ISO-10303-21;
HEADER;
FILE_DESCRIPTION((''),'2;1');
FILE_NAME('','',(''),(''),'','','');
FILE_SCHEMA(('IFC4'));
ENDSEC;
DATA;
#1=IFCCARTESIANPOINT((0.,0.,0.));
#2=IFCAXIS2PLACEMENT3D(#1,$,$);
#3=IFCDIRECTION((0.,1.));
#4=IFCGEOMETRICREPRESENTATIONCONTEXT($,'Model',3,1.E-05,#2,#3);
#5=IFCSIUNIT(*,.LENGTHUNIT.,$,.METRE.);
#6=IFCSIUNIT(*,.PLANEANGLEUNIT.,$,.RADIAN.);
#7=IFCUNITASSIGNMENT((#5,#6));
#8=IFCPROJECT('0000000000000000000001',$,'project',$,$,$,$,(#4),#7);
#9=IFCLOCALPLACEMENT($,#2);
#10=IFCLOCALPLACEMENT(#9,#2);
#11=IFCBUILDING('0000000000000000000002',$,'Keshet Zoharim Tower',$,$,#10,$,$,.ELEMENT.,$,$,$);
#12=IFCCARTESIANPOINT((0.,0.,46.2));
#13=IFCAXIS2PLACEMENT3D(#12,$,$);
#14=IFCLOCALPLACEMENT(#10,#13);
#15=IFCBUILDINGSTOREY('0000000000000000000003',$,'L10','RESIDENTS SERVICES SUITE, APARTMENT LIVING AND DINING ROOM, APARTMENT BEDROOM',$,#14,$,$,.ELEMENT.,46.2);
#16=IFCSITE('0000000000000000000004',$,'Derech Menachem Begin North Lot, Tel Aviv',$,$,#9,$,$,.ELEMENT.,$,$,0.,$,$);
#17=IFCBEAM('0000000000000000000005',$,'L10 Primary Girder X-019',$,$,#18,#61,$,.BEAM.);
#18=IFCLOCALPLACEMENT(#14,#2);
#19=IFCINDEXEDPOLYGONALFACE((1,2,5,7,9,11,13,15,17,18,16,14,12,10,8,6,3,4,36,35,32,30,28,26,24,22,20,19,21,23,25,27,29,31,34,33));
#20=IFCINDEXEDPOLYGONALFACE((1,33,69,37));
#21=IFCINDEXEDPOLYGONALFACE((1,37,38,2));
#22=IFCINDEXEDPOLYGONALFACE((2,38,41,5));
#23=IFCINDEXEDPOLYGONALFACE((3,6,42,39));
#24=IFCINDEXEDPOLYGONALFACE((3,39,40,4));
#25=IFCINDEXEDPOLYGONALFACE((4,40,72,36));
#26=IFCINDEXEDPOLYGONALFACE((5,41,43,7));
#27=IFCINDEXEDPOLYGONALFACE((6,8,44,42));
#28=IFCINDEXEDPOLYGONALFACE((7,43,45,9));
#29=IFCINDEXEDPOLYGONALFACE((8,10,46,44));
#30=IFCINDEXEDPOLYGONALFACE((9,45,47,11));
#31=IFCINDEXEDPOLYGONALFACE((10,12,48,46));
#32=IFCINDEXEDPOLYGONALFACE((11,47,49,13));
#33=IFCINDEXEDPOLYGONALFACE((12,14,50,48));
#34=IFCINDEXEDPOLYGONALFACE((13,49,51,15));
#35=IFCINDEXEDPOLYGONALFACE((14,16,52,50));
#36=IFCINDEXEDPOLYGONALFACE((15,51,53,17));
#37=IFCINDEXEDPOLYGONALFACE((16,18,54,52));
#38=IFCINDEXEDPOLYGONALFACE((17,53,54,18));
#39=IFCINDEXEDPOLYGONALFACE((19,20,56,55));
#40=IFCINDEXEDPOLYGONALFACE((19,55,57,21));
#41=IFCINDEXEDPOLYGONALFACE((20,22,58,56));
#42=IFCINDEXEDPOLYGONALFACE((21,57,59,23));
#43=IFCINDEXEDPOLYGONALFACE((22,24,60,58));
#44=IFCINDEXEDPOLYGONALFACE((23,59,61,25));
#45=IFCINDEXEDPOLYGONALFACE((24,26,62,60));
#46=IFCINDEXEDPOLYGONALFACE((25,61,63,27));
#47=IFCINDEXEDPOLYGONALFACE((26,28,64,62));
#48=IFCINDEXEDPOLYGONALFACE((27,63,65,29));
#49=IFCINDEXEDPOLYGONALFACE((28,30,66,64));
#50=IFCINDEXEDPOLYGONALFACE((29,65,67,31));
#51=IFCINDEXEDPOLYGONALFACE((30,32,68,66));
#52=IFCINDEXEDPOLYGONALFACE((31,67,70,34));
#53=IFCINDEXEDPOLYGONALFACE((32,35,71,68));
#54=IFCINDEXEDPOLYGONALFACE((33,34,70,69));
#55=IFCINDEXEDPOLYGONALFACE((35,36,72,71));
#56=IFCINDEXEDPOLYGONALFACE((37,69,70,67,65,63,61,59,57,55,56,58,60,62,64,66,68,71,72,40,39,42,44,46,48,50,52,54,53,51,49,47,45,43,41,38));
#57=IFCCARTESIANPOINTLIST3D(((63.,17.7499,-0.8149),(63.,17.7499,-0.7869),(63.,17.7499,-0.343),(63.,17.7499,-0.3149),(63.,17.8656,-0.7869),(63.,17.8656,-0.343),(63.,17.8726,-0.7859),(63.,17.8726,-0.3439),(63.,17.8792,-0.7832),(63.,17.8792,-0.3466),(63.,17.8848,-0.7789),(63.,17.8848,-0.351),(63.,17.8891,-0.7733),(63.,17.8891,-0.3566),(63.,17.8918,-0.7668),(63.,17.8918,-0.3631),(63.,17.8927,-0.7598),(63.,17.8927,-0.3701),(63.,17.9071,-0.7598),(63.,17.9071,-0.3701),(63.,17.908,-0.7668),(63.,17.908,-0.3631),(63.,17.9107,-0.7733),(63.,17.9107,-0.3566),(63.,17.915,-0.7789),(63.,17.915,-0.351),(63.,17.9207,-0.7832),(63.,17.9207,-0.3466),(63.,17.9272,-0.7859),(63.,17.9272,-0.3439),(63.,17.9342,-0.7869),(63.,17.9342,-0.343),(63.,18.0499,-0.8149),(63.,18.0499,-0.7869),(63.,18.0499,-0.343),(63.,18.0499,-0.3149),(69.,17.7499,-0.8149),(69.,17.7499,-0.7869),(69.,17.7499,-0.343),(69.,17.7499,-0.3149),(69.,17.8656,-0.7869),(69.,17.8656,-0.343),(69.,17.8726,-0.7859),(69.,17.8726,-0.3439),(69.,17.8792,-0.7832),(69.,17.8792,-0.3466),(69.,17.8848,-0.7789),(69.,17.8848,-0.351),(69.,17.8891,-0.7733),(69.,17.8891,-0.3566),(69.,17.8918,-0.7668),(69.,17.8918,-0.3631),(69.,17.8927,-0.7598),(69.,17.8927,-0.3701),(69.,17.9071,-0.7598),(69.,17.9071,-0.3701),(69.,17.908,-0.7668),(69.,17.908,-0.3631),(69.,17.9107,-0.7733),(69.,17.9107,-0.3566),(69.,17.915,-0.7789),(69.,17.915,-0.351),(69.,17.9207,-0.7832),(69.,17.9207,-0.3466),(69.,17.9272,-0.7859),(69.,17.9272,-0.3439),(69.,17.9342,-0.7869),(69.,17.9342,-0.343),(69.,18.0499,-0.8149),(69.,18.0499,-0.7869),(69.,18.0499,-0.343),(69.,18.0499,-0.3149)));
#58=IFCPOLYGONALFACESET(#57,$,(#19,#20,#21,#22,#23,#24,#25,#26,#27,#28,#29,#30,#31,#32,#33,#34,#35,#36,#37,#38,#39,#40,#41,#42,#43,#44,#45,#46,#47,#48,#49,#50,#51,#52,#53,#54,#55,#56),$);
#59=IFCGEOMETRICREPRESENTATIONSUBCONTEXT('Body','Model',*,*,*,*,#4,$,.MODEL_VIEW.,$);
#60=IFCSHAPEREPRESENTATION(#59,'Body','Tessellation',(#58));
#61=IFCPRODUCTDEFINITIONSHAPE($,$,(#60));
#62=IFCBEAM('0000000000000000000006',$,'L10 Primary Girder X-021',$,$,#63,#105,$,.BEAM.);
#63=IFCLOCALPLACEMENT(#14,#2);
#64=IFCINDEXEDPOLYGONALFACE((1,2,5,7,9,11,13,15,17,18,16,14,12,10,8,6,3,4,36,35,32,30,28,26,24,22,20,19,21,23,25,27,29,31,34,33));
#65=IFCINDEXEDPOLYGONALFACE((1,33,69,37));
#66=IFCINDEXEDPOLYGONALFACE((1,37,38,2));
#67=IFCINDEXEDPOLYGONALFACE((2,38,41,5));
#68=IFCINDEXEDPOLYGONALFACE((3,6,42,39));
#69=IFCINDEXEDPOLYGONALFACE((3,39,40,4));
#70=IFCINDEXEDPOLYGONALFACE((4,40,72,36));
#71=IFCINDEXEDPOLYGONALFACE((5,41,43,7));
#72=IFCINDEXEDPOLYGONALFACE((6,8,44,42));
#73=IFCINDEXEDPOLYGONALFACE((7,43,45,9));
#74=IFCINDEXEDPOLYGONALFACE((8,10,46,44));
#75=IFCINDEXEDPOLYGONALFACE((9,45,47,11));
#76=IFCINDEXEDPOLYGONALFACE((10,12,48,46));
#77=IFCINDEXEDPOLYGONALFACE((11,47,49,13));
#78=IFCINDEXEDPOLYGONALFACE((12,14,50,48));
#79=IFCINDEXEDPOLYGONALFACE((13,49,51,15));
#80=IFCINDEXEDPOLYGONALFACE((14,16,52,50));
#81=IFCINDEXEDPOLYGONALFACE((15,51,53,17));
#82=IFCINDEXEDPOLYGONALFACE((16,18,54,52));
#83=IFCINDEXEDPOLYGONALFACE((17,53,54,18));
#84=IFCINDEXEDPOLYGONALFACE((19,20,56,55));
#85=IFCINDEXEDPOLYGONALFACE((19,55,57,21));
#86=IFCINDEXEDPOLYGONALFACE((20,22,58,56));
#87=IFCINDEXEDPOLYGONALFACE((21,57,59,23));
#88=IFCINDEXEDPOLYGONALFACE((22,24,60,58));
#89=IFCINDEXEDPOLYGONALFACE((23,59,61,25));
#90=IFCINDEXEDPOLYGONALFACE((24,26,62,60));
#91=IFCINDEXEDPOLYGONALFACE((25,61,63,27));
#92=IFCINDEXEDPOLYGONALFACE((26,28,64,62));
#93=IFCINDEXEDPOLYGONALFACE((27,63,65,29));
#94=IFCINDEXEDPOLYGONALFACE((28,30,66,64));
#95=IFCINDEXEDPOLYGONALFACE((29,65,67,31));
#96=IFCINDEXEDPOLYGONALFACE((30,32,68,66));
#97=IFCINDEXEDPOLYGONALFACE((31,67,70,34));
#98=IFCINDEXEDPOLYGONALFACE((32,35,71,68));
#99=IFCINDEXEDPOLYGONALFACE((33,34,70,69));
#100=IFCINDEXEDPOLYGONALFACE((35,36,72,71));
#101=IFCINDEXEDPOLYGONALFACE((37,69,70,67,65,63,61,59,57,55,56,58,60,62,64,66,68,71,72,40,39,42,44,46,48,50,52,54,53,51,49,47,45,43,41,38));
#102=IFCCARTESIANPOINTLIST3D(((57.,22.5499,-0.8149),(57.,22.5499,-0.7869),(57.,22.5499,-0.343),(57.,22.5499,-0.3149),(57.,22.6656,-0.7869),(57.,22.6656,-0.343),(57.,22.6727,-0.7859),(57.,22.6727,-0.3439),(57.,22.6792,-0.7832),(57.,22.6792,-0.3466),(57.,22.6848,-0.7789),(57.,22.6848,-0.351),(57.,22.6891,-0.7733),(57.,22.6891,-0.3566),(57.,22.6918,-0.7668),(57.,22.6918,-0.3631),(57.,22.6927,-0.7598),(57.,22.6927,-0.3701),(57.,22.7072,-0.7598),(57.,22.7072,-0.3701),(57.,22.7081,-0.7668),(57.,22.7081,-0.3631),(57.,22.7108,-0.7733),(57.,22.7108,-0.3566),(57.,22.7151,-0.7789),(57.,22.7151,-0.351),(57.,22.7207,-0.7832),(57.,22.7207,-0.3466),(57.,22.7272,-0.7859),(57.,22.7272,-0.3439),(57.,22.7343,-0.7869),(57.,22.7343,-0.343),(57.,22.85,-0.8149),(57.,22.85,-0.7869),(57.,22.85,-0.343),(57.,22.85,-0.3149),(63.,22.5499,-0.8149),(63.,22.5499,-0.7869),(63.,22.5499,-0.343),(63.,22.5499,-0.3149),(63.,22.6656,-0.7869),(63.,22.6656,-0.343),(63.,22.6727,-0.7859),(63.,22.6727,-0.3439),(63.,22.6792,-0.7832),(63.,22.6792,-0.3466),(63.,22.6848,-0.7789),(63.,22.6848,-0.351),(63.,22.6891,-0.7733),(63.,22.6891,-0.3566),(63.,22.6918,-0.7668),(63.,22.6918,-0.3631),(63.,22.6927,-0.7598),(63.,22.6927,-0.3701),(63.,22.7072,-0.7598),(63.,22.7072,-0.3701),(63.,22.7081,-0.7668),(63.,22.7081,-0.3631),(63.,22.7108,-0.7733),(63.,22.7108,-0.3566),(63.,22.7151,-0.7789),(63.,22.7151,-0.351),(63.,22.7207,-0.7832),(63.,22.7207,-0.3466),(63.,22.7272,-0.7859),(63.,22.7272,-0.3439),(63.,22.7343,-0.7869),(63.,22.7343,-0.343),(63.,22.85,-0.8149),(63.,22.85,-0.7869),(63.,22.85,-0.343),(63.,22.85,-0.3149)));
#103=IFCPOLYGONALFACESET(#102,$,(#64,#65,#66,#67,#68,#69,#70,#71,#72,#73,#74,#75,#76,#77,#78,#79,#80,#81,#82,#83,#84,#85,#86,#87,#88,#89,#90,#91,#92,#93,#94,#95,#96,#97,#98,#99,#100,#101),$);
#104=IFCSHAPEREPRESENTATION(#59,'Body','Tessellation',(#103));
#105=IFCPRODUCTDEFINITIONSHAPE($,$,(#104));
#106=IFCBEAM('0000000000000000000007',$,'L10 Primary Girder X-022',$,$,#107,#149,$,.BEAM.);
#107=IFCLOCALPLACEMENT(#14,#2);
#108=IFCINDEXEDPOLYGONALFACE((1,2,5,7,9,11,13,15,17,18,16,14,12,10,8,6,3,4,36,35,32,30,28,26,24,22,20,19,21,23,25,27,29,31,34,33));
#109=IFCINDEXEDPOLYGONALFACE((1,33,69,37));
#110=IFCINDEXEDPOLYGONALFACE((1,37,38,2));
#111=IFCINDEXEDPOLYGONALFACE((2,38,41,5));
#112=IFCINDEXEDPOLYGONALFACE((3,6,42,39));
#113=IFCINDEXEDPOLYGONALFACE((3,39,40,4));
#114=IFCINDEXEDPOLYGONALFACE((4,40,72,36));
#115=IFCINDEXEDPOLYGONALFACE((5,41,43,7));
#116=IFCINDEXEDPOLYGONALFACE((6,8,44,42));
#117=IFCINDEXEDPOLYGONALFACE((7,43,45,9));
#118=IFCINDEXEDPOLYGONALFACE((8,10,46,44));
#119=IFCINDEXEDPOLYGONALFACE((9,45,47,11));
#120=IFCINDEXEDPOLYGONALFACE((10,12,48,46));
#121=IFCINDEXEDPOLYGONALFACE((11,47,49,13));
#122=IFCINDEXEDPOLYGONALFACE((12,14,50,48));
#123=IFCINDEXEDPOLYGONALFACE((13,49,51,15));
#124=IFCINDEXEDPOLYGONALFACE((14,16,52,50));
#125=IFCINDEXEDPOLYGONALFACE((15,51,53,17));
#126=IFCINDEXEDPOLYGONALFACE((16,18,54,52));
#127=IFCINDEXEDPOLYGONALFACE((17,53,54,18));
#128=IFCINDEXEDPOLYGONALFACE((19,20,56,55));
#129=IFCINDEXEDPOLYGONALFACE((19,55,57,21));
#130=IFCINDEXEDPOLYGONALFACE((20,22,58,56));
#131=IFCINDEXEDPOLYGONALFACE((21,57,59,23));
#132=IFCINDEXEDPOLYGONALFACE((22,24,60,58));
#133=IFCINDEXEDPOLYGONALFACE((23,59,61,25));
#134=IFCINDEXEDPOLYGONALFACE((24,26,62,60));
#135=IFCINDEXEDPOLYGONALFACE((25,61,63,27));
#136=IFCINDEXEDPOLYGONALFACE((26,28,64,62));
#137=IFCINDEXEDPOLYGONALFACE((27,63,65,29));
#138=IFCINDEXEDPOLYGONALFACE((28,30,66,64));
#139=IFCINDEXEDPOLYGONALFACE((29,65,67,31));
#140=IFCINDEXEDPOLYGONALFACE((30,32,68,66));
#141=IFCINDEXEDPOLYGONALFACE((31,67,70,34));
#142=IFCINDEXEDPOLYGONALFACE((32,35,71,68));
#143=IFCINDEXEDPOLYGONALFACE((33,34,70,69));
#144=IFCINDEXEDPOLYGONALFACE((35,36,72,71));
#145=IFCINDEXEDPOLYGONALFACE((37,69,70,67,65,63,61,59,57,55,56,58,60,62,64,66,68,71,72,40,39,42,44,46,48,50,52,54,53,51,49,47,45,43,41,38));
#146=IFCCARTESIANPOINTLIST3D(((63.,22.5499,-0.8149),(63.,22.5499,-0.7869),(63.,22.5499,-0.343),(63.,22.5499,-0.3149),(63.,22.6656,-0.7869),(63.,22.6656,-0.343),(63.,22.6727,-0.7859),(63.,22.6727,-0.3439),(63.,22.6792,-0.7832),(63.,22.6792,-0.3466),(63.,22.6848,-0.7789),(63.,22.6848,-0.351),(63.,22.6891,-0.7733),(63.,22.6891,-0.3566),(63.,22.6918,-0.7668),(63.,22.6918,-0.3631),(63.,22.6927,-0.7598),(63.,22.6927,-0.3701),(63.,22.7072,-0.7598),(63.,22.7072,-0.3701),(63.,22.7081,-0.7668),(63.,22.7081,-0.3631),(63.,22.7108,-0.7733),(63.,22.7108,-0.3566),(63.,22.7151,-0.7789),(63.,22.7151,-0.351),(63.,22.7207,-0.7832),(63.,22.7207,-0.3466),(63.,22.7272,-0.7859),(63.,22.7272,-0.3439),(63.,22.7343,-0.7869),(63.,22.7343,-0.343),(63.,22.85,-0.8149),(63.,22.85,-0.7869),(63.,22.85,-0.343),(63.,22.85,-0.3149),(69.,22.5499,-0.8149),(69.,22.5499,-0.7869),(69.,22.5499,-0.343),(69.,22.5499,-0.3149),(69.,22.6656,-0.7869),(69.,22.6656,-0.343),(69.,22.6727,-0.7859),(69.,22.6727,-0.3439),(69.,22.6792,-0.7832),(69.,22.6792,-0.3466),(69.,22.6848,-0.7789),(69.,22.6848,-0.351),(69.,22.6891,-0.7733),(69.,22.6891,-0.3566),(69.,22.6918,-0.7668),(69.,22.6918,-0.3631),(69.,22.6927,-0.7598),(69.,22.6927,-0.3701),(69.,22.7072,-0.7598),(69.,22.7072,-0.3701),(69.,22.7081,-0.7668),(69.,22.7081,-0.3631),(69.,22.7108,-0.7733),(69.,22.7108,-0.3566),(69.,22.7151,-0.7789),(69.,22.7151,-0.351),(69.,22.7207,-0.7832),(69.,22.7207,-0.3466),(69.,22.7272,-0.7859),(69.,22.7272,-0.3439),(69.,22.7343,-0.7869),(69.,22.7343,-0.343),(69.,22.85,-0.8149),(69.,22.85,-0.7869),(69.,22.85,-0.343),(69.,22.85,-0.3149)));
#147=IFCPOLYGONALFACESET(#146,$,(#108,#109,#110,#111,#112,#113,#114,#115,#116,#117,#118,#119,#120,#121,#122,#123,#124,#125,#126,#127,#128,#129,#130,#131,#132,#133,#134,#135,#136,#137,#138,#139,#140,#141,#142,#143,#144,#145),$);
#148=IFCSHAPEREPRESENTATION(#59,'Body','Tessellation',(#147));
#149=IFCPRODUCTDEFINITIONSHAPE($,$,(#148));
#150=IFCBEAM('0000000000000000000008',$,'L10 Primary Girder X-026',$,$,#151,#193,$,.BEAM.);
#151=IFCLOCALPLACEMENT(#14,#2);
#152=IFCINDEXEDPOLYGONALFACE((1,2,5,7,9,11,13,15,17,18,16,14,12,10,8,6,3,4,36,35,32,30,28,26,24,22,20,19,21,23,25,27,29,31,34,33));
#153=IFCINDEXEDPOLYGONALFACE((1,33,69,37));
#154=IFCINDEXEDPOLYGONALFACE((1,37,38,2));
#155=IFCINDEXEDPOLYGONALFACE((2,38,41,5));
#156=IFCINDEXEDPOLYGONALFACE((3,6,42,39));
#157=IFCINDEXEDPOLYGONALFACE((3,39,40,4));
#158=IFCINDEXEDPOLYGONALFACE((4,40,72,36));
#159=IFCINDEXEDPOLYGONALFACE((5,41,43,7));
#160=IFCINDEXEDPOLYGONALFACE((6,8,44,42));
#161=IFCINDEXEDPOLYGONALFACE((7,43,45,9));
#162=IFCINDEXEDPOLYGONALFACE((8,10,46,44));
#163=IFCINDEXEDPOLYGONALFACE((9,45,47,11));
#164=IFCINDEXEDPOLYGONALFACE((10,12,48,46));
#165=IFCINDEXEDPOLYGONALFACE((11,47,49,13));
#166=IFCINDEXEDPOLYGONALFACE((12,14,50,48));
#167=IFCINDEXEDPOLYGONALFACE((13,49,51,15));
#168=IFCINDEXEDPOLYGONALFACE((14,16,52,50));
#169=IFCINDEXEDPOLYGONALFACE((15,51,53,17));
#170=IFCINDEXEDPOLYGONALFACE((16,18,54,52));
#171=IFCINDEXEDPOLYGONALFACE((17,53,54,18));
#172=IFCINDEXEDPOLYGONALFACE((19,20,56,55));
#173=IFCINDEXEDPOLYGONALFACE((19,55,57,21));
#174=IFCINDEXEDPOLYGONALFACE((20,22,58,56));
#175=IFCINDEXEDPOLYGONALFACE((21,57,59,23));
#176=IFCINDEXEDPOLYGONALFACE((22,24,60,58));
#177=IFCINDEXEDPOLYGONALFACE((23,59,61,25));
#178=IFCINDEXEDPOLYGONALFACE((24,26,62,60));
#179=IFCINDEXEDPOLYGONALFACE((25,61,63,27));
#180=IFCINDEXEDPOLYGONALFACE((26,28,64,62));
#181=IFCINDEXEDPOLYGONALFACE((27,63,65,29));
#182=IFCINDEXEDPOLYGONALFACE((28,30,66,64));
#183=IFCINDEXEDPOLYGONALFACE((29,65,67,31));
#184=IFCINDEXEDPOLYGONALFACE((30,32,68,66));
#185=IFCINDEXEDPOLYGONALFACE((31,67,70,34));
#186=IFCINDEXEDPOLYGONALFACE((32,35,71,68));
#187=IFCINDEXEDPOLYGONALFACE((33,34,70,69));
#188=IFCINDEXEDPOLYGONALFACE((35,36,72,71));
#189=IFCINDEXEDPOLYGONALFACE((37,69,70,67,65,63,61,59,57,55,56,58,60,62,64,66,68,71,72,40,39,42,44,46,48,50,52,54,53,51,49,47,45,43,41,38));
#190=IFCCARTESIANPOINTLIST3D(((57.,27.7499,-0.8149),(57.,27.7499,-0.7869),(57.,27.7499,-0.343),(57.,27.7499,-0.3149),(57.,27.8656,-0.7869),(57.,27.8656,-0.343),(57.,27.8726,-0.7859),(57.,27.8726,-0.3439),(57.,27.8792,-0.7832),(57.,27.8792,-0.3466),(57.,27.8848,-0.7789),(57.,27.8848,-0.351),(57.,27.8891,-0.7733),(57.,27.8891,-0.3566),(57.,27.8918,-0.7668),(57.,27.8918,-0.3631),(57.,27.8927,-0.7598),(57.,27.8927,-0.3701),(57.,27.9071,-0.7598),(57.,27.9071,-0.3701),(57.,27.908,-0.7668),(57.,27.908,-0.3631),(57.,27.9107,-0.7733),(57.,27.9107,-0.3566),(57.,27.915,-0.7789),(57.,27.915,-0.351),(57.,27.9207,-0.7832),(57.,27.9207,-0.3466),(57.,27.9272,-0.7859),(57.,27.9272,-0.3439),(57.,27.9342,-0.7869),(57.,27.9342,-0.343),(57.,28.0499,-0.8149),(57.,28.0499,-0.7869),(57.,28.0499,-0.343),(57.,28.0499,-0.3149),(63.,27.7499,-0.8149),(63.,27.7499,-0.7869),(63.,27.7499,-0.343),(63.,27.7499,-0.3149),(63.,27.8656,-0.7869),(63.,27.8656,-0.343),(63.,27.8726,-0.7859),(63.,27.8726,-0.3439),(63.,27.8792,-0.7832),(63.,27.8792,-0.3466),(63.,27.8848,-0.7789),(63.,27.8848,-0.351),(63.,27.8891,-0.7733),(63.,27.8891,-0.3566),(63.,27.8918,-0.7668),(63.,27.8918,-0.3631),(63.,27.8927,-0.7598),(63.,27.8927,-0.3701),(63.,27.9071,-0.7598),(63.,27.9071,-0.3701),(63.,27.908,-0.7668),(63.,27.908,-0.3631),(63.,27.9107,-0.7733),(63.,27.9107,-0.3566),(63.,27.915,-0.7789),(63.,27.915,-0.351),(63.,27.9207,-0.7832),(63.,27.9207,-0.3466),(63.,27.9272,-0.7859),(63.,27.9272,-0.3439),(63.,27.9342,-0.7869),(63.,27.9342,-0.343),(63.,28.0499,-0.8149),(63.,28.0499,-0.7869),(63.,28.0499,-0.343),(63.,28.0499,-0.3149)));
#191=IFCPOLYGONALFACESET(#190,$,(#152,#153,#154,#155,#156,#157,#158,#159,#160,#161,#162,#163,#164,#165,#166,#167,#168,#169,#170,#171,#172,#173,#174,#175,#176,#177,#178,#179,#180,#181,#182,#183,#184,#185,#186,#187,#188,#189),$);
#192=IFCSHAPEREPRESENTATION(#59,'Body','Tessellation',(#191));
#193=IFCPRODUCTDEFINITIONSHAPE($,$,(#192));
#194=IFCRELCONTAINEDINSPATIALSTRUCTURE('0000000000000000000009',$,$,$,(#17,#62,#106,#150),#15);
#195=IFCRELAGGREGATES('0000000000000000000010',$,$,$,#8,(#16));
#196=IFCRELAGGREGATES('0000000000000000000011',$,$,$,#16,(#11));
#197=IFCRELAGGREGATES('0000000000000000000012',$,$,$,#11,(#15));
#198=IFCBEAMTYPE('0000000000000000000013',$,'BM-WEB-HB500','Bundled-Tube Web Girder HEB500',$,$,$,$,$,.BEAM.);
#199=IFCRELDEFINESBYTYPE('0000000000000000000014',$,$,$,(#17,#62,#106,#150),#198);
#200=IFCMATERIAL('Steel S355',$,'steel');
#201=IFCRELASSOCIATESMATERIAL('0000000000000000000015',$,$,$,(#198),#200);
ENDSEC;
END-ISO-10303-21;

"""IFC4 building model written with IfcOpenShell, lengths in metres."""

from ifc_helpers import new_model, si_unit, direction, frame, origin, origin_2d, place, context, subcontext, project, spatial, i_section, extrude, material, material_profile, profile_set, type_object, element, save


model = new_model("IFC4")

# Units and contexts
model_context = context("Model", 3, precision=1e-05, world=origin(), true_north=direction((0.0, 1.0)))
body_context = subcontext(model_context, "Body", "Model", "MODEL_VIEW")
ifc_project = project(units=[si_unit("LENGTHUNIT", "METRE"), si_unit("PLANEANGLEUNIT", "RADIAN")], contexts=[model_context])

# Site, building, storey
site_placement = place(None, origin())
site = spatial("IfcSite", under=ifc_project, at=site_placement, Name="Derech Menachem Begin North Lot, Tel Aviv", CompositionType="ELEMENT", RefElevation=0.0)
building_placement = place(site_placement, origin())
building = spatial("IfcBuilding", under=site, at=building_placement, Name="Keshet Zoharim Tower", CompositionType="ELEMENT")
storey_placement = place(building_placement, frame((0.0, 0.0, 46.2)))
storey = spatial("IfcBuildingStorey", under=building, at=storey_placement, Name="L10", Description="RESIDENTS SERVICES SUITE, APARTMENT LIVING AND DINING ROOM, APARTMENT BEDROOM", CompositionType="ELEMENT", Elevation=46.2)

# Shared definitions
ifc_material_1 = material(Name="Steel S355", Category="steel")

# Beams
ifc_material_profile_1 = material_profile(ifc_material_1, i_section(OverallWidth=0.3, OverallDepth=0.5, WebThickness=0.0144, FlangeThickness=0.0281, FilletRadius=0.0271, at=origin_2d()), Name="HEB500")
ifc_profile_set_1 = profile_set([ifc_material_profile_1], Name="Steel S355")
beam_type_1 = type_object("IfcBeamType", Name="BM-WEB-HB500", Description="Bundled-Tube Web Girder HEB500", PredefinedType="BEAM", material=ifc_profile_set_1)
for number, where, z_axis, x_axis, name in (
    (1, (63.0, 17.8999, -0.5649), (1.0, 0.0, 0.0), (0.0, 1.0, 0.0), "L10 Primary Girder X-019"),
    (2, (57.0, 22.7, -0.5649), (1.0, 0.0, 0.0), (0.0, 1.0, 0.0), "L10 Primary Girder X-021"),
    (3, (63.0, 22.7, -0.5649), (1.0, 0.0, 0.0), (0.0, 1.0, 0.0), "L10 Primary Girder X-022"),
    (4, (57.0, 27.8999, -0.5649), (1.0, 0.0, 0.0), (0.0, 1.0, 0.0), "L10 Primary Girder X-026"),
):
    element("IfcBeam", number, at=place(storey_placement, frame(where, z_axis=z_axis, x_axis=x_axis)), inside=storey, type_object=beam_type_1, Name=name, PredefinedType="BEAM", context=body_context, shape_type="SweptSolid", body=[
        extrude(i_section(OverallWidth=0.3, OverallDepth=0.5, WebThickness=0.0144, FlangeThickness=0.0281, FilletRadius=0.0271, at=origin_2d()), origin(), (0.0, 0.0, 1.0), 6.0),
    ])

save(model, "model.ifc")
